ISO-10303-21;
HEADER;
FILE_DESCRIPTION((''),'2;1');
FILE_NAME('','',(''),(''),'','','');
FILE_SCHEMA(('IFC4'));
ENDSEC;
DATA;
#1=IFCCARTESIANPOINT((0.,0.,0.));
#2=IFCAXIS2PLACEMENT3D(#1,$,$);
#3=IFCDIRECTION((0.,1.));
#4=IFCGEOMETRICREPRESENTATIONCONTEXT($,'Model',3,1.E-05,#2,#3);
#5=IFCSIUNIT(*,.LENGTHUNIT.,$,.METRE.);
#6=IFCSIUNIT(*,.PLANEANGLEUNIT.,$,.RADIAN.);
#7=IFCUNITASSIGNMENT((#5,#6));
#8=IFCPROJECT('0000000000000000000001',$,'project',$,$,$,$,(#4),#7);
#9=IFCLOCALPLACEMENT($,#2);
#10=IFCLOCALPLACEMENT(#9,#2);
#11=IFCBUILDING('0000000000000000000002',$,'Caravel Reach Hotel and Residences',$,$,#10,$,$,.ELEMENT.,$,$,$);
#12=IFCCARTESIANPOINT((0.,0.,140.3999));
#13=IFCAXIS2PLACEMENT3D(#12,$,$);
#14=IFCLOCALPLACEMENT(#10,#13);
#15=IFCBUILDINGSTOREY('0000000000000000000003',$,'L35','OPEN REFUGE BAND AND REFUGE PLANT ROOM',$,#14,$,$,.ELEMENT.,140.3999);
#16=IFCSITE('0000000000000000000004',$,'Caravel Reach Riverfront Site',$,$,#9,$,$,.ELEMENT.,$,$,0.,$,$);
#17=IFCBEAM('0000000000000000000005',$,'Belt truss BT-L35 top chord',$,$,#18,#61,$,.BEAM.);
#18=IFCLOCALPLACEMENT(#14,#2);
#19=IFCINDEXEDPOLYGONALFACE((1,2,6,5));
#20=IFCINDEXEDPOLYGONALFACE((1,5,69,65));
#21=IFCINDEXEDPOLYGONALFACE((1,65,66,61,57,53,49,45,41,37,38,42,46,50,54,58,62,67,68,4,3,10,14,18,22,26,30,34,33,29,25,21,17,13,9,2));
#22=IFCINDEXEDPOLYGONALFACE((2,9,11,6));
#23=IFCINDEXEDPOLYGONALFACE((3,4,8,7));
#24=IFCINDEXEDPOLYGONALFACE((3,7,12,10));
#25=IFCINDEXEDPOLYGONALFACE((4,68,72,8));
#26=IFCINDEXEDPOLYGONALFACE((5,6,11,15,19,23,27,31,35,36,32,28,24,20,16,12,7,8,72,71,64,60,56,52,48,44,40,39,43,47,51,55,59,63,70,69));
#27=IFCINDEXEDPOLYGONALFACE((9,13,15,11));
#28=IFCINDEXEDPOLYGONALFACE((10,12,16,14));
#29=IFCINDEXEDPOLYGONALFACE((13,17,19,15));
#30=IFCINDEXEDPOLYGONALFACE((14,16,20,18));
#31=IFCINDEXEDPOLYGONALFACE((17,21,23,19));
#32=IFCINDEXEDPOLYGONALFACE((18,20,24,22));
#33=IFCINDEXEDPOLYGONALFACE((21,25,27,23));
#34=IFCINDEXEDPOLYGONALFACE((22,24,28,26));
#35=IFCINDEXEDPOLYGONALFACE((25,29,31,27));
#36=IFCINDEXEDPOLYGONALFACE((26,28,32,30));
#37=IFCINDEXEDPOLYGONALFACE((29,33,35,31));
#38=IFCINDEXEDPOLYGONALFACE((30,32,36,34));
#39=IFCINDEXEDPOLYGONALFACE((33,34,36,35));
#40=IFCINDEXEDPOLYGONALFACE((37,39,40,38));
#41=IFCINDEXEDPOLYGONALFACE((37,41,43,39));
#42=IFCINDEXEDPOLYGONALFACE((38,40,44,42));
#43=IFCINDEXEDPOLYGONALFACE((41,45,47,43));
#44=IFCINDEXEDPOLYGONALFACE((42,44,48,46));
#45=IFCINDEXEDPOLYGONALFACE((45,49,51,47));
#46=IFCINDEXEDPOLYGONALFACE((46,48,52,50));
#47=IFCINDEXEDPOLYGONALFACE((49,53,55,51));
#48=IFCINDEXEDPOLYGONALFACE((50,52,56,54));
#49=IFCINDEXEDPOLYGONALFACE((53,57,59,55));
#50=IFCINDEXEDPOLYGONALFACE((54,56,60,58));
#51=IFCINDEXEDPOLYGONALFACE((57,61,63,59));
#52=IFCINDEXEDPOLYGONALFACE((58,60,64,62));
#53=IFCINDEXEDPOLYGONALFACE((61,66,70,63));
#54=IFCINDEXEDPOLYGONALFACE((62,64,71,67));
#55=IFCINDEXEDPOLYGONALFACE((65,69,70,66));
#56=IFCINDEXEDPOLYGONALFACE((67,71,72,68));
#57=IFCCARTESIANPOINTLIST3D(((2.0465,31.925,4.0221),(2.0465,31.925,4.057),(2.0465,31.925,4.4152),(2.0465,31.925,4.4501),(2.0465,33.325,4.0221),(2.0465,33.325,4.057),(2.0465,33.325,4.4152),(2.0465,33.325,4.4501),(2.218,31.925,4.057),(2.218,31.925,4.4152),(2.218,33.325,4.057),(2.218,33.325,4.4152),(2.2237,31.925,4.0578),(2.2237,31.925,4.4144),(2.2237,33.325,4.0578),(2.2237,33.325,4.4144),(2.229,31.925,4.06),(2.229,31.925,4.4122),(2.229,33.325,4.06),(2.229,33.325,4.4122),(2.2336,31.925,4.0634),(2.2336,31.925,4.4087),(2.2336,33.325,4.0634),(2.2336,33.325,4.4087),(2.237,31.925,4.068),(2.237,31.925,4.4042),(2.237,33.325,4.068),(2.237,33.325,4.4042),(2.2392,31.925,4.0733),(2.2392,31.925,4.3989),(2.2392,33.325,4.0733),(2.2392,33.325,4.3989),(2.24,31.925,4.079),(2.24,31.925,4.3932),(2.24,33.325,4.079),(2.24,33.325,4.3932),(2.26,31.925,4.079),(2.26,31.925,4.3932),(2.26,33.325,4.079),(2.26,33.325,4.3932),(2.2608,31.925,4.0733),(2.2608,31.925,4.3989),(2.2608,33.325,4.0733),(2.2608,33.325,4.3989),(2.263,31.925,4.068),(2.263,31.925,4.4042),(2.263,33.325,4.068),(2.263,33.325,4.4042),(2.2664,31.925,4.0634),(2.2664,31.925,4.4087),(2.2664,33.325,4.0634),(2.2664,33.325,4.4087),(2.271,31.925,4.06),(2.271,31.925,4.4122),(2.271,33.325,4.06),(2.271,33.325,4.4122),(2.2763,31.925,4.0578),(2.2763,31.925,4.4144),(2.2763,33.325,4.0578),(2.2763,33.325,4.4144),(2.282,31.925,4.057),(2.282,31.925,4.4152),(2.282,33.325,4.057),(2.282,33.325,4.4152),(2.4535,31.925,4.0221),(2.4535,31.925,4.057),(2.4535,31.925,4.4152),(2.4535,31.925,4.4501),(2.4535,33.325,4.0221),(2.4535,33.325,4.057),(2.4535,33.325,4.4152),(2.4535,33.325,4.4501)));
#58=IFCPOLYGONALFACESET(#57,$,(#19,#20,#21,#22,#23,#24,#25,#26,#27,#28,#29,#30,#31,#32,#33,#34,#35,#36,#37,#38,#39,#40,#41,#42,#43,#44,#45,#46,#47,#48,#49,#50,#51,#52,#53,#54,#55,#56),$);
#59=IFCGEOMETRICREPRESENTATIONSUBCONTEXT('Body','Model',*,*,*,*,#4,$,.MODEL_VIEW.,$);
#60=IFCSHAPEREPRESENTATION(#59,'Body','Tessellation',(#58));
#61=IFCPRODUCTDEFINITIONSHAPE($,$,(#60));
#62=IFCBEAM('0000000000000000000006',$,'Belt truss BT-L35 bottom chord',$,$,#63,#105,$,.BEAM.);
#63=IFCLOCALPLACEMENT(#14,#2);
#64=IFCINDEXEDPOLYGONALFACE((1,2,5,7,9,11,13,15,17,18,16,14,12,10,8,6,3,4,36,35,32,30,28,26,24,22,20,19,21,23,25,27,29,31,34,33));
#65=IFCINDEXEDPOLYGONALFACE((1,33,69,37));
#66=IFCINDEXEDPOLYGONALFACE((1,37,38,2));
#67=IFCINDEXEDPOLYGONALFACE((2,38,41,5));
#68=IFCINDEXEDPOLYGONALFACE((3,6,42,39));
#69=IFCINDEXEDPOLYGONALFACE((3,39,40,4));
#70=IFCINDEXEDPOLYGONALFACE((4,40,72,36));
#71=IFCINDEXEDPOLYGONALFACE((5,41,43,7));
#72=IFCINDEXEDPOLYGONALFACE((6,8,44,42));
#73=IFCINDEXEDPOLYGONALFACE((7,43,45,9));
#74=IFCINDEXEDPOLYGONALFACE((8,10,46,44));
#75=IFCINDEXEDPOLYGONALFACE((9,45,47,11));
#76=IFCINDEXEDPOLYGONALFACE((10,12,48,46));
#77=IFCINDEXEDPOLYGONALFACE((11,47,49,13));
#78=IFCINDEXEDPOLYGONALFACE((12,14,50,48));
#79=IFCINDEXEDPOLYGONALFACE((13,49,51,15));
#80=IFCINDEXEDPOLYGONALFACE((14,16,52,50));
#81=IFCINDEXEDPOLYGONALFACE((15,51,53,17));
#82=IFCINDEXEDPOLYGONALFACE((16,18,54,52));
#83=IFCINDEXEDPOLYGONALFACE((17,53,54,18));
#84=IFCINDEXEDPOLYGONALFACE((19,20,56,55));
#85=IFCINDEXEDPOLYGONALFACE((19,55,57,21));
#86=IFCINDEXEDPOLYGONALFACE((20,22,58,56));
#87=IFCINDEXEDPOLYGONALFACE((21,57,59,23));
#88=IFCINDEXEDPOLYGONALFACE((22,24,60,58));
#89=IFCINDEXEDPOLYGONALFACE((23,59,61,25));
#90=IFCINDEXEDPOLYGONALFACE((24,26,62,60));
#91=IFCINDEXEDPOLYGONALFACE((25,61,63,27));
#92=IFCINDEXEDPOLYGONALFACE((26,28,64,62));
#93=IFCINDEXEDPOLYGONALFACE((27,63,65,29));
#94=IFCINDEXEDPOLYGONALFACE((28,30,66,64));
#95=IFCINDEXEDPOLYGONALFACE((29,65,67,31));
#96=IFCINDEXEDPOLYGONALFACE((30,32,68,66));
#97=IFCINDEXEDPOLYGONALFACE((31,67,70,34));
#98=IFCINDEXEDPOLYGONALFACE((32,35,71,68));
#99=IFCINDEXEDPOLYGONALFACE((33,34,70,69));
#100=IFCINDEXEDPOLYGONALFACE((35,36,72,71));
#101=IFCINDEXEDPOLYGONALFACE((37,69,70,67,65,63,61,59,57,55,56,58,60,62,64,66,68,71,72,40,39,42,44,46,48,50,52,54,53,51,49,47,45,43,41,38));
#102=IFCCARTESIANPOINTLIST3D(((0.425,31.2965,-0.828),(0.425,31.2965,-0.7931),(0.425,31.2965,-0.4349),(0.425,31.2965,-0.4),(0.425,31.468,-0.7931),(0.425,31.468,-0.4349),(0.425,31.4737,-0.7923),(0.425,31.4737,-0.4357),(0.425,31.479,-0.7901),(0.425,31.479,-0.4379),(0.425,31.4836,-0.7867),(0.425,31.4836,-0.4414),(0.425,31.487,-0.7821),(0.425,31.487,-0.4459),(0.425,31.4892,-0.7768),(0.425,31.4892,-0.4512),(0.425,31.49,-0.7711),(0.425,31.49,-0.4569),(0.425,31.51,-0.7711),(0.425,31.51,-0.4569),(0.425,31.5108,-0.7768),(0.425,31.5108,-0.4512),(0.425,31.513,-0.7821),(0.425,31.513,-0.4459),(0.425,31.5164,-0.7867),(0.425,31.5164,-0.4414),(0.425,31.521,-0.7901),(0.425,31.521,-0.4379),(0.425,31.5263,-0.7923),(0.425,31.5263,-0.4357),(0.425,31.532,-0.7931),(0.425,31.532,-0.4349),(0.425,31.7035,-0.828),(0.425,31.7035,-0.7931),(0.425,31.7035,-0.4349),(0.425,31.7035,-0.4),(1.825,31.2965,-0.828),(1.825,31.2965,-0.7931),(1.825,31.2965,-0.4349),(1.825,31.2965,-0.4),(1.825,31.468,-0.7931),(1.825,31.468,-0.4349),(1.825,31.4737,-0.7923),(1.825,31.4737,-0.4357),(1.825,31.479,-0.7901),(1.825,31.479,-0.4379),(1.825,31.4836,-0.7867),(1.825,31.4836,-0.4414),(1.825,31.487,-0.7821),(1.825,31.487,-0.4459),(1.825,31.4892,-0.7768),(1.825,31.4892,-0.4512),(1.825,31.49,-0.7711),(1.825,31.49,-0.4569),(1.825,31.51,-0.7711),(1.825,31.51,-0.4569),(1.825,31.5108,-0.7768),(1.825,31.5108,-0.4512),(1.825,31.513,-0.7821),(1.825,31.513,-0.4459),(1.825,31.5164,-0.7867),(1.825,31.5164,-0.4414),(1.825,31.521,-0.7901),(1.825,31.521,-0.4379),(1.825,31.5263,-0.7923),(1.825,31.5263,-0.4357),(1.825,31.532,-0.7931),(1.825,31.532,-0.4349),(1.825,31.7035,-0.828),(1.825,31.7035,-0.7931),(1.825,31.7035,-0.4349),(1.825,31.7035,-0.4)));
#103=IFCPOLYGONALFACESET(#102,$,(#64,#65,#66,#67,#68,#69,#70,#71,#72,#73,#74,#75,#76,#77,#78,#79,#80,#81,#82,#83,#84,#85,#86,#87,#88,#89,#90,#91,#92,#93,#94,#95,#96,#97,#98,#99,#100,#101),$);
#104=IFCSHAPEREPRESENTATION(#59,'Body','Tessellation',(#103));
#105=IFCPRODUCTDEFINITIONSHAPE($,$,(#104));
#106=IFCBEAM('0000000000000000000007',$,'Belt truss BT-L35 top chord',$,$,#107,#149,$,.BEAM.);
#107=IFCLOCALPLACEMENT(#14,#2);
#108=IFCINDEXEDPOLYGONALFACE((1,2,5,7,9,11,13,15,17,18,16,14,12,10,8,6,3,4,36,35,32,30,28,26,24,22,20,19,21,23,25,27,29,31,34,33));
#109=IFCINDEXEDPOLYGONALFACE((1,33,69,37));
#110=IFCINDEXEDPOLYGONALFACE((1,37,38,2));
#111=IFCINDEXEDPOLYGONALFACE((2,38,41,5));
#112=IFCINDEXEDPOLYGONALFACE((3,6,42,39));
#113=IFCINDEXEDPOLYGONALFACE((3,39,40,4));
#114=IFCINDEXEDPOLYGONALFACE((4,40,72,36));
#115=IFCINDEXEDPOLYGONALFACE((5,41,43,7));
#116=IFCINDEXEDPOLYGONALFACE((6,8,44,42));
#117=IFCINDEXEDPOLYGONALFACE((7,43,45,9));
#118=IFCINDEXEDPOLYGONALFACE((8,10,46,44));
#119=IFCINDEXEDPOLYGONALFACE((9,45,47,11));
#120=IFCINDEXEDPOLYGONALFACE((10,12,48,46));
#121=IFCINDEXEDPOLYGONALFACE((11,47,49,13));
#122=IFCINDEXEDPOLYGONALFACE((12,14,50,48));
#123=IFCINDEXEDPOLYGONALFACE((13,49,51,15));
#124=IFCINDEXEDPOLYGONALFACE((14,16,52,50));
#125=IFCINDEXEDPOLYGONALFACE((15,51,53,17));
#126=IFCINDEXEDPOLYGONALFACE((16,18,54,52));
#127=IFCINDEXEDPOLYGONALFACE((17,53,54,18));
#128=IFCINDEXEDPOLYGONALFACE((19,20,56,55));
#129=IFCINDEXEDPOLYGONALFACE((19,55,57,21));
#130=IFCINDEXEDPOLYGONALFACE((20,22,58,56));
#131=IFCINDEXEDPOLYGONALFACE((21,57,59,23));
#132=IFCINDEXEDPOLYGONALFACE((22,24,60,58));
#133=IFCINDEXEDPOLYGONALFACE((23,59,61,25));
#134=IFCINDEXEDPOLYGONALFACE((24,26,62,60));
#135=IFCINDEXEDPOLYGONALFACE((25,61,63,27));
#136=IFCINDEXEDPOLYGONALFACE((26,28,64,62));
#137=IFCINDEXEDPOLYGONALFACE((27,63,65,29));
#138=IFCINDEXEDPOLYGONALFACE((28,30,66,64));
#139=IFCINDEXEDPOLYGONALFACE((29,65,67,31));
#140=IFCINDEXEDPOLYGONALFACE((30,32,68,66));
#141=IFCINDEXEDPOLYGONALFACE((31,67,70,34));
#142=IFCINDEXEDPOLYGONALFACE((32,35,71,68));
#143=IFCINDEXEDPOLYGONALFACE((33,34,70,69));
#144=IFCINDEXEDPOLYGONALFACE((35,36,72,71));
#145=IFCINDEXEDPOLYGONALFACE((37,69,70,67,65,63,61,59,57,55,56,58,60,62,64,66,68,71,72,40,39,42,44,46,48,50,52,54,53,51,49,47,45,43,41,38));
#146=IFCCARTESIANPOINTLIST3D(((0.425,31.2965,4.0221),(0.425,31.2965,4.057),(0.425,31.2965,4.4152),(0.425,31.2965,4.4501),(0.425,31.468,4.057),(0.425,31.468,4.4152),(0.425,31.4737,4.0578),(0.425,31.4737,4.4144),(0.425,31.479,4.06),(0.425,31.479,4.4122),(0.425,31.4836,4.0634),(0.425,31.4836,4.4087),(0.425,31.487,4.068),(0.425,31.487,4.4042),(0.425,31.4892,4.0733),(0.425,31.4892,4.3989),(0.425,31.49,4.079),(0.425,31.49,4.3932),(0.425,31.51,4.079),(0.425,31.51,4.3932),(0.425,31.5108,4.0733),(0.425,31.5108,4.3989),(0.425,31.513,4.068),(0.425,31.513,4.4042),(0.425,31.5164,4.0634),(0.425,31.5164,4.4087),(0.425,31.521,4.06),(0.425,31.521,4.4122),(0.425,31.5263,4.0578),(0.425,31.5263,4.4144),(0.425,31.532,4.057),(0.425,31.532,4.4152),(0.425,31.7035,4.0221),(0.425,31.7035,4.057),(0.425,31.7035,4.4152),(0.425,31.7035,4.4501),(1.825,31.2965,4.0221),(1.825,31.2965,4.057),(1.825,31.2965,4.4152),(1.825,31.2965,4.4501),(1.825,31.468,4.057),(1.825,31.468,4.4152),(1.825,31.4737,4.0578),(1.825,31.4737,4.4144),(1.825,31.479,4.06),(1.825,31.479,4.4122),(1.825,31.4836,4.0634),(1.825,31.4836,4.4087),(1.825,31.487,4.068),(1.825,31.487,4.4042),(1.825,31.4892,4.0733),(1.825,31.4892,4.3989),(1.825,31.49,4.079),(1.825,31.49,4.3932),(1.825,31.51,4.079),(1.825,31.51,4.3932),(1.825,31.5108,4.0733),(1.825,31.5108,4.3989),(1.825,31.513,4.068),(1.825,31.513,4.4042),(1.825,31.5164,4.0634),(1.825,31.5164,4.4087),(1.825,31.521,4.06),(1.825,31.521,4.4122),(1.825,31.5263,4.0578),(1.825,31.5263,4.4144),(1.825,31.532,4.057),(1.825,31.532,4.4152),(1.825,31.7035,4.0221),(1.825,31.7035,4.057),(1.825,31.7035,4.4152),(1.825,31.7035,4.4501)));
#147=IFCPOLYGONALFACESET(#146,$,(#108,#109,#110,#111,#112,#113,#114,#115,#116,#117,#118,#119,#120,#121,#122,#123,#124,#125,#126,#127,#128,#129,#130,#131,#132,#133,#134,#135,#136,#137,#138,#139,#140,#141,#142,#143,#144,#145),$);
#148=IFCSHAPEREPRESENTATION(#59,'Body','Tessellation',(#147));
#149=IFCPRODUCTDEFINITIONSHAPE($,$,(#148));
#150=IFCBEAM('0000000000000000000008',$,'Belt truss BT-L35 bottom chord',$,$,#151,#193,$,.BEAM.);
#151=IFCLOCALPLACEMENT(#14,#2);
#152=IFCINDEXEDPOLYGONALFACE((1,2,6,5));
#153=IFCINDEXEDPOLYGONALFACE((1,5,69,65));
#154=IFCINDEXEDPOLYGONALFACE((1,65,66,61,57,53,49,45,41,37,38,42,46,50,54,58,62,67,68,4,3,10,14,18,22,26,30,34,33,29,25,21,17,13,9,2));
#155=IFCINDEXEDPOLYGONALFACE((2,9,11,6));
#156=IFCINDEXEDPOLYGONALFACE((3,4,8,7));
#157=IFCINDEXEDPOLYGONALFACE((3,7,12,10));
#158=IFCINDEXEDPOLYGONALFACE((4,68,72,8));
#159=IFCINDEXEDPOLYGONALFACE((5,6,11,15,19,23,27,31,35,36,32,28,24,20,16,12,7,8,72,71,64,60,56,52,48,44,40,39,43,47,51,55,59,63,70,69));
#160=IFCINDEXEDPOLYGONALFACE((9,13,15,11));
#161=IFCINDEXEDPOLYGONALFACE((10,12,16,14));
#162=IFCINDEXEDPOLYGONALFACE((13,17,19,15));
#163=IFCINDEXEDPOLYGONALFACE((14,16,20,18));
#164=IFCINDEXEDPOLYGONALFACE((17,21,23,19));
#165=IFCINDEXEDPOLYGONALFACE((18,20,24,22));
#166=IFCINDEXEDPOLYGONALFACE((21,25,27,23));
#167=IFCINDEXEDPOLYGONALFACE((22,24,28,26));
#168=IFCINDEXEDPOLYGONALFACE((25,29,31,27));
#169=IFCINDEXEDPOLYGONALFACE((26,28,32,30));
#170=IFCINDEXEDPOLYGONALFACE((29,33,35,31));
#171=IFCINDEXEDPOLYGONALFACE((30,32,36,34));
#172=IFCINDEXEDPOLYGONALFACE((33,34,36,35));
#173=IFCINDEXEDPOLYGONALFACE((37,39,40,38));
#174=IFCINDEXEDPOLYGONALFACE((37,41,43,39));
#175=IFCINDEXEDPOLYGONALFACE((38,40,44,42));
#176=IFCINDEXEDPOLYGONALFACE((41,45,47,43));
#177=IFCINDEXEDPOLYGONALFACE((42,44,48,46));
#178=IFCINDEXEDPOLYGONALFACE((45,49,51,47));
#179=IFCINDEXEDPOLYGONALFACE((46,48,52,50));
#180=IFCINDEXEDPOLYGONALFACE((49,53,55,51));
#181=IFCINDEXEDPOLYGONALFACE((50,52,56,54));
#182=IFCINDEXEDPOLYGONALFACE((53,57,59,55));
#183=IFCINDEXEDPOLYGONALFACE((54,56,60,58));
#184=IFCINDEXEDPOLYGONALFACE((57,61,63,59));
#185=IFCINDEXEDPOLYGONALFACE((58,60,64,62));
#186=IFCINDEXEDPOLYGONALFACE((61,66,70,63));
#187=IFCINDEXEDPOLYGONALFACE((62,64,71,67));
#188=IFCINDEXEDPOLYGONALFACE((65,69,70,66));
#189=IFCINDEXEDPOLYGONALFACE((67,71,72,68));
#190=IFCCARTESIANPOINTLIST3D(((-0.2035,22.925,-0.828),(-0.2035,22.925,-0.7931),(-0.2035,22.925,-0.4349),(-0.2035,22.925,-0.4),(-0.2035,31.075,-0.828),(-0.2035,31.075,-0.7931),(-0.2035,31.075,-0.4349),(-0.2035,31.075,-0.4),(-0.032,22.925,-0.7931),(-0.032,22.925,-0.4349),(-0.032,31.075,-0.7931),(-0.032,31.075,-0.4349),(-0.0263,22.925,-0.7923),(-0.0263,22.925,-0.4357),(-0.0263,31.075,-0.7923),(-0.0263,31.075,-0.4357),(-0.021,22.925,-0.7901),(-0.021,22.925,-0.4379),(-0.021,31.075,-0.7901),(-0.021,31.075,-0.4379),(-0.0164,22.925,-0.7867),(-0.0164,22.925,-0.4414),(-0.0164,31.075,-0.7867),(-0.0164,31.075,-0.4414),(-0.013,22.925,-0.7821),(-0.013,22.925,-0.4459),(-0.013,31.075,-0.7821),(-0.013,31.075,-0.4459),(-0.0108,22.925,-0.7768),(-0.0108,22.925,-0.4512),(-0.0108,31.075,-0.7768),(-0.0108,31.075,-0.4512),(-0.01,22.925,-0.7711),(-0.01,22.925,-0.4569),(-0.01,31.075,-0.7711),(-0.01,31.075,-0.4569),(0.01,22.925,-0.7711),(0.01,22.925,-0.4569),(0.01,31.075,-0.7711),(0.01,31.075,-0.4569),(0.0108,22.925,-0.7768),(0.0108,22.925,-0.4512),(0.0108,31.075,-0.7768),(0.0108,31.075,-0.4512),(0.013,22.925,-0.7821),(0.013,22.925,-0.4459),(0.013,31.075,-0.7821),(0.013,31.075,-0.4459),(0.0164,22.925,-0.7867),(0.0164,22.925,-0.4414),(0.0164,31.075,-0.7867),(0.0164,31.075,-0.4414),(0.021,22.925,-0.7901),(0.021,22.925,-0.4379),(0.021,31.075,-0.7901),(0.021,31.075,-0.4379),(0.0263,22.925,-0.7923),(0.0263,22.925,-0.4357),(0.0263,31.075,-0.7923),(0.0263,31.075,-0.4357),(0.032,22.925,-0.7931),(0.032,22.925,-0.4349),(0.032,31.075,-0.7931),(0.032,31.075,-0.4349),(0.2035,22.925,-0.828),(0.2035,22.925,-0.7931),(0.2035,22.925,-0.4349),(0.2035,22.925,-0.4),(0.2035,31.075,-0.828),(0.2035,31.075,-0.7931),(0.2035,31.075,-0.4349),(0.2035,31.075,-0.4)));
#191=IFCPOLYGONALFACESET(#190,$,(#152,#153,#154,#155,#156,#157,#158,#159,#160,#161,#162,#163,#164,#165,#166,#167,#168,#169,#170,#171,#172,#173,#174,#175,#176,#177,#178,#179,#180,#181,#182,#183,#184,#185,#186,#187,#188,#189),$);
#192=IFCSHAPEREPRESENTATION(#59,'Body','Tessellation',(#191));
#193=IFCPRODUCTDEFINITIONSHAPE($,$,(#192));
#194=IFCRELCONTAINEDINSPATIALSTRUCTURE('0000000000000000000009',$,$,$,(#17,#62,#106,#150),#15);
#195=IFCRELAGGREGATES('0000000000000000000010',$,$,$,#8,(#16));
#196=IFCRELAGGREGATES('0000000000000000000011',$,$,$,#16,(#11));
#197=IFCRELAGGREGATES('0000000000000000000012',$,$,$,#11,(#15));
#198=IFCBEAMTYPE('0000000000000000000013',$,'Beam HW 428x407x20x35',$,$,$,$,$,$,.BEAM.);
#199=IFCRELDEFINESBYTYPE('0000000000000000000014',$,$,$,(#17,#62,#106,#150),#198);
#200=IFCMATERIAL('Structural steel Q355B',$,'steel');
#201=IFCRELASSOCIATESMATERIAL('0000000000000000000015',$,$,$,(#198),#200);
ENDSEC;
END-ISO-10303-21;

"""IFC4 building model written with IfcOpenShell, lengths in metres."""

from ifc_helpers import new_model, si_unit, direction, frame, origin, origin_2d, place, context, subcontext, project, spatial, i_section, extrude, material, material_profile, profile_set, type_object, element, save


model = new_model("IFC4")

# Units and contexts
model_context = context("Model", 3, precision=1e-05, world=origin(), true_north=direction((0.0, 1.0)))
body_context = subcontext(model_context, "Body", "Model", "MODEL_VIEW")
ifc_project = project(units=[si_unit("LENGTHUNIT", "METRE"), si_unit("PLANEANGLEUNIT", "RADIAN")], contexts=[model_context])

# Site, building, storey
site_placement = place(None, origin())
site = spatial("IfcSite", under=ifc_project, at=site_placement, Name="Caravel Reach Riverfront Site", CompositionType="ELEMENT", RefElevation=0.0)
building_placement = place(site_placement, origin())
building = spatial("IfcBuilding", under=site, at=building_placement, Name="Caravel Reach Hotel and Residences", CompositionType="ELEMENT")
storey_placement = place(building_placement, frame((0.0, 0.0, 140.3999)))
storey = spatial("IfcBuildingStorey", under=building, at=storey_placement, Name="L35", Description="OPEN REFUGE BAND AND REFUGE PLANT ROOM", CompositionType="ELEMENT", Elevation=140.3999)

# Beams
ifc_material_1 = material(Name="Structural steel Q355B", Category="steel")
ifc_material_profile_1 = material_profile(ifc_material_1, i_section(OverallWidth=0.407, OverallDepth=0.428, WebThickness=0.02, FlangeThickness=0.0349, FilletRadius=0.022, at=origin_2d()), Name="HW 428x407x20x35")
ifc_profile_set_1 = profile_set([ifc_material_profile_1], Name="Structural steel Q355B")
beam_type = type_object("IfcBeamType", Name="Beam HW 428x407x20x35", PredefinedType="BEAM", material=ifc_profile_set_1)
for number, where, z_axis, x_axis, name in (
    (1, (2.25, 33.325, 4.2361), (0.0, -1.0, 0.0), (1.0, 0.0, 0.0), "Belt truss BT-L35 top chord"),
    (2, (1.825, 31.5, -0.614), (-1.0, 0.0, 0.0), (0.0, -1.0, 0.0), "Belt truss BT-L35 bottom chord"),
    (3, (1.825, 31.5, 4.2361), (-1.0, 0.0, 0.0), (0.0, -1.0, 0.0), "Belt truss BT-L35 top chord"),
):
    element("IfcBeam", number, at=place(storey_placement, frame(where, z_axis=z_axis, x_axis=x_axis)), inside=storey, type_object=beam_type, Name=name, PredefinedType="BEAM", context=body_context, shape_type="SweptSolid", body=[
        extrude(i_section(OverallWidth=0.407, OverallDepth=0.428, WebThickness=0.02, FlangeThickness=0.0349, FilletRadius=0.022, at=origin_2d()), origin(), (0.0, 0.0, 1.0), 1.3999),
    ])
for number, where, z_axis, x_axis, name in (
    (4, (0.0, 31.075, -0.614), (0.0, -1.0, 0.0), (1.0, 0.0, 0.0), "Belt truss BT-L35 bottom chord"),
):
    element("IfcBeam", number, at=place(storey_placement, frame(where, z_axis=z_axis, x_axis=x_axis)), inside=storey, type_object=beam_type, Name=name, PredefinedType="BEAM", context=body_context, shape_type="SweptSolid", body=[
        extrude(i_section(OverallWidth=0.407, OverallDepth=0.428, WebThickness=0.02, FlangeThickness=0.0349, FilletRadius=0.022, at=origin_2d()), origin(), (0.0, 0.0, 1.0), 8.1499),
    ])

save(model, "model.ifc")
